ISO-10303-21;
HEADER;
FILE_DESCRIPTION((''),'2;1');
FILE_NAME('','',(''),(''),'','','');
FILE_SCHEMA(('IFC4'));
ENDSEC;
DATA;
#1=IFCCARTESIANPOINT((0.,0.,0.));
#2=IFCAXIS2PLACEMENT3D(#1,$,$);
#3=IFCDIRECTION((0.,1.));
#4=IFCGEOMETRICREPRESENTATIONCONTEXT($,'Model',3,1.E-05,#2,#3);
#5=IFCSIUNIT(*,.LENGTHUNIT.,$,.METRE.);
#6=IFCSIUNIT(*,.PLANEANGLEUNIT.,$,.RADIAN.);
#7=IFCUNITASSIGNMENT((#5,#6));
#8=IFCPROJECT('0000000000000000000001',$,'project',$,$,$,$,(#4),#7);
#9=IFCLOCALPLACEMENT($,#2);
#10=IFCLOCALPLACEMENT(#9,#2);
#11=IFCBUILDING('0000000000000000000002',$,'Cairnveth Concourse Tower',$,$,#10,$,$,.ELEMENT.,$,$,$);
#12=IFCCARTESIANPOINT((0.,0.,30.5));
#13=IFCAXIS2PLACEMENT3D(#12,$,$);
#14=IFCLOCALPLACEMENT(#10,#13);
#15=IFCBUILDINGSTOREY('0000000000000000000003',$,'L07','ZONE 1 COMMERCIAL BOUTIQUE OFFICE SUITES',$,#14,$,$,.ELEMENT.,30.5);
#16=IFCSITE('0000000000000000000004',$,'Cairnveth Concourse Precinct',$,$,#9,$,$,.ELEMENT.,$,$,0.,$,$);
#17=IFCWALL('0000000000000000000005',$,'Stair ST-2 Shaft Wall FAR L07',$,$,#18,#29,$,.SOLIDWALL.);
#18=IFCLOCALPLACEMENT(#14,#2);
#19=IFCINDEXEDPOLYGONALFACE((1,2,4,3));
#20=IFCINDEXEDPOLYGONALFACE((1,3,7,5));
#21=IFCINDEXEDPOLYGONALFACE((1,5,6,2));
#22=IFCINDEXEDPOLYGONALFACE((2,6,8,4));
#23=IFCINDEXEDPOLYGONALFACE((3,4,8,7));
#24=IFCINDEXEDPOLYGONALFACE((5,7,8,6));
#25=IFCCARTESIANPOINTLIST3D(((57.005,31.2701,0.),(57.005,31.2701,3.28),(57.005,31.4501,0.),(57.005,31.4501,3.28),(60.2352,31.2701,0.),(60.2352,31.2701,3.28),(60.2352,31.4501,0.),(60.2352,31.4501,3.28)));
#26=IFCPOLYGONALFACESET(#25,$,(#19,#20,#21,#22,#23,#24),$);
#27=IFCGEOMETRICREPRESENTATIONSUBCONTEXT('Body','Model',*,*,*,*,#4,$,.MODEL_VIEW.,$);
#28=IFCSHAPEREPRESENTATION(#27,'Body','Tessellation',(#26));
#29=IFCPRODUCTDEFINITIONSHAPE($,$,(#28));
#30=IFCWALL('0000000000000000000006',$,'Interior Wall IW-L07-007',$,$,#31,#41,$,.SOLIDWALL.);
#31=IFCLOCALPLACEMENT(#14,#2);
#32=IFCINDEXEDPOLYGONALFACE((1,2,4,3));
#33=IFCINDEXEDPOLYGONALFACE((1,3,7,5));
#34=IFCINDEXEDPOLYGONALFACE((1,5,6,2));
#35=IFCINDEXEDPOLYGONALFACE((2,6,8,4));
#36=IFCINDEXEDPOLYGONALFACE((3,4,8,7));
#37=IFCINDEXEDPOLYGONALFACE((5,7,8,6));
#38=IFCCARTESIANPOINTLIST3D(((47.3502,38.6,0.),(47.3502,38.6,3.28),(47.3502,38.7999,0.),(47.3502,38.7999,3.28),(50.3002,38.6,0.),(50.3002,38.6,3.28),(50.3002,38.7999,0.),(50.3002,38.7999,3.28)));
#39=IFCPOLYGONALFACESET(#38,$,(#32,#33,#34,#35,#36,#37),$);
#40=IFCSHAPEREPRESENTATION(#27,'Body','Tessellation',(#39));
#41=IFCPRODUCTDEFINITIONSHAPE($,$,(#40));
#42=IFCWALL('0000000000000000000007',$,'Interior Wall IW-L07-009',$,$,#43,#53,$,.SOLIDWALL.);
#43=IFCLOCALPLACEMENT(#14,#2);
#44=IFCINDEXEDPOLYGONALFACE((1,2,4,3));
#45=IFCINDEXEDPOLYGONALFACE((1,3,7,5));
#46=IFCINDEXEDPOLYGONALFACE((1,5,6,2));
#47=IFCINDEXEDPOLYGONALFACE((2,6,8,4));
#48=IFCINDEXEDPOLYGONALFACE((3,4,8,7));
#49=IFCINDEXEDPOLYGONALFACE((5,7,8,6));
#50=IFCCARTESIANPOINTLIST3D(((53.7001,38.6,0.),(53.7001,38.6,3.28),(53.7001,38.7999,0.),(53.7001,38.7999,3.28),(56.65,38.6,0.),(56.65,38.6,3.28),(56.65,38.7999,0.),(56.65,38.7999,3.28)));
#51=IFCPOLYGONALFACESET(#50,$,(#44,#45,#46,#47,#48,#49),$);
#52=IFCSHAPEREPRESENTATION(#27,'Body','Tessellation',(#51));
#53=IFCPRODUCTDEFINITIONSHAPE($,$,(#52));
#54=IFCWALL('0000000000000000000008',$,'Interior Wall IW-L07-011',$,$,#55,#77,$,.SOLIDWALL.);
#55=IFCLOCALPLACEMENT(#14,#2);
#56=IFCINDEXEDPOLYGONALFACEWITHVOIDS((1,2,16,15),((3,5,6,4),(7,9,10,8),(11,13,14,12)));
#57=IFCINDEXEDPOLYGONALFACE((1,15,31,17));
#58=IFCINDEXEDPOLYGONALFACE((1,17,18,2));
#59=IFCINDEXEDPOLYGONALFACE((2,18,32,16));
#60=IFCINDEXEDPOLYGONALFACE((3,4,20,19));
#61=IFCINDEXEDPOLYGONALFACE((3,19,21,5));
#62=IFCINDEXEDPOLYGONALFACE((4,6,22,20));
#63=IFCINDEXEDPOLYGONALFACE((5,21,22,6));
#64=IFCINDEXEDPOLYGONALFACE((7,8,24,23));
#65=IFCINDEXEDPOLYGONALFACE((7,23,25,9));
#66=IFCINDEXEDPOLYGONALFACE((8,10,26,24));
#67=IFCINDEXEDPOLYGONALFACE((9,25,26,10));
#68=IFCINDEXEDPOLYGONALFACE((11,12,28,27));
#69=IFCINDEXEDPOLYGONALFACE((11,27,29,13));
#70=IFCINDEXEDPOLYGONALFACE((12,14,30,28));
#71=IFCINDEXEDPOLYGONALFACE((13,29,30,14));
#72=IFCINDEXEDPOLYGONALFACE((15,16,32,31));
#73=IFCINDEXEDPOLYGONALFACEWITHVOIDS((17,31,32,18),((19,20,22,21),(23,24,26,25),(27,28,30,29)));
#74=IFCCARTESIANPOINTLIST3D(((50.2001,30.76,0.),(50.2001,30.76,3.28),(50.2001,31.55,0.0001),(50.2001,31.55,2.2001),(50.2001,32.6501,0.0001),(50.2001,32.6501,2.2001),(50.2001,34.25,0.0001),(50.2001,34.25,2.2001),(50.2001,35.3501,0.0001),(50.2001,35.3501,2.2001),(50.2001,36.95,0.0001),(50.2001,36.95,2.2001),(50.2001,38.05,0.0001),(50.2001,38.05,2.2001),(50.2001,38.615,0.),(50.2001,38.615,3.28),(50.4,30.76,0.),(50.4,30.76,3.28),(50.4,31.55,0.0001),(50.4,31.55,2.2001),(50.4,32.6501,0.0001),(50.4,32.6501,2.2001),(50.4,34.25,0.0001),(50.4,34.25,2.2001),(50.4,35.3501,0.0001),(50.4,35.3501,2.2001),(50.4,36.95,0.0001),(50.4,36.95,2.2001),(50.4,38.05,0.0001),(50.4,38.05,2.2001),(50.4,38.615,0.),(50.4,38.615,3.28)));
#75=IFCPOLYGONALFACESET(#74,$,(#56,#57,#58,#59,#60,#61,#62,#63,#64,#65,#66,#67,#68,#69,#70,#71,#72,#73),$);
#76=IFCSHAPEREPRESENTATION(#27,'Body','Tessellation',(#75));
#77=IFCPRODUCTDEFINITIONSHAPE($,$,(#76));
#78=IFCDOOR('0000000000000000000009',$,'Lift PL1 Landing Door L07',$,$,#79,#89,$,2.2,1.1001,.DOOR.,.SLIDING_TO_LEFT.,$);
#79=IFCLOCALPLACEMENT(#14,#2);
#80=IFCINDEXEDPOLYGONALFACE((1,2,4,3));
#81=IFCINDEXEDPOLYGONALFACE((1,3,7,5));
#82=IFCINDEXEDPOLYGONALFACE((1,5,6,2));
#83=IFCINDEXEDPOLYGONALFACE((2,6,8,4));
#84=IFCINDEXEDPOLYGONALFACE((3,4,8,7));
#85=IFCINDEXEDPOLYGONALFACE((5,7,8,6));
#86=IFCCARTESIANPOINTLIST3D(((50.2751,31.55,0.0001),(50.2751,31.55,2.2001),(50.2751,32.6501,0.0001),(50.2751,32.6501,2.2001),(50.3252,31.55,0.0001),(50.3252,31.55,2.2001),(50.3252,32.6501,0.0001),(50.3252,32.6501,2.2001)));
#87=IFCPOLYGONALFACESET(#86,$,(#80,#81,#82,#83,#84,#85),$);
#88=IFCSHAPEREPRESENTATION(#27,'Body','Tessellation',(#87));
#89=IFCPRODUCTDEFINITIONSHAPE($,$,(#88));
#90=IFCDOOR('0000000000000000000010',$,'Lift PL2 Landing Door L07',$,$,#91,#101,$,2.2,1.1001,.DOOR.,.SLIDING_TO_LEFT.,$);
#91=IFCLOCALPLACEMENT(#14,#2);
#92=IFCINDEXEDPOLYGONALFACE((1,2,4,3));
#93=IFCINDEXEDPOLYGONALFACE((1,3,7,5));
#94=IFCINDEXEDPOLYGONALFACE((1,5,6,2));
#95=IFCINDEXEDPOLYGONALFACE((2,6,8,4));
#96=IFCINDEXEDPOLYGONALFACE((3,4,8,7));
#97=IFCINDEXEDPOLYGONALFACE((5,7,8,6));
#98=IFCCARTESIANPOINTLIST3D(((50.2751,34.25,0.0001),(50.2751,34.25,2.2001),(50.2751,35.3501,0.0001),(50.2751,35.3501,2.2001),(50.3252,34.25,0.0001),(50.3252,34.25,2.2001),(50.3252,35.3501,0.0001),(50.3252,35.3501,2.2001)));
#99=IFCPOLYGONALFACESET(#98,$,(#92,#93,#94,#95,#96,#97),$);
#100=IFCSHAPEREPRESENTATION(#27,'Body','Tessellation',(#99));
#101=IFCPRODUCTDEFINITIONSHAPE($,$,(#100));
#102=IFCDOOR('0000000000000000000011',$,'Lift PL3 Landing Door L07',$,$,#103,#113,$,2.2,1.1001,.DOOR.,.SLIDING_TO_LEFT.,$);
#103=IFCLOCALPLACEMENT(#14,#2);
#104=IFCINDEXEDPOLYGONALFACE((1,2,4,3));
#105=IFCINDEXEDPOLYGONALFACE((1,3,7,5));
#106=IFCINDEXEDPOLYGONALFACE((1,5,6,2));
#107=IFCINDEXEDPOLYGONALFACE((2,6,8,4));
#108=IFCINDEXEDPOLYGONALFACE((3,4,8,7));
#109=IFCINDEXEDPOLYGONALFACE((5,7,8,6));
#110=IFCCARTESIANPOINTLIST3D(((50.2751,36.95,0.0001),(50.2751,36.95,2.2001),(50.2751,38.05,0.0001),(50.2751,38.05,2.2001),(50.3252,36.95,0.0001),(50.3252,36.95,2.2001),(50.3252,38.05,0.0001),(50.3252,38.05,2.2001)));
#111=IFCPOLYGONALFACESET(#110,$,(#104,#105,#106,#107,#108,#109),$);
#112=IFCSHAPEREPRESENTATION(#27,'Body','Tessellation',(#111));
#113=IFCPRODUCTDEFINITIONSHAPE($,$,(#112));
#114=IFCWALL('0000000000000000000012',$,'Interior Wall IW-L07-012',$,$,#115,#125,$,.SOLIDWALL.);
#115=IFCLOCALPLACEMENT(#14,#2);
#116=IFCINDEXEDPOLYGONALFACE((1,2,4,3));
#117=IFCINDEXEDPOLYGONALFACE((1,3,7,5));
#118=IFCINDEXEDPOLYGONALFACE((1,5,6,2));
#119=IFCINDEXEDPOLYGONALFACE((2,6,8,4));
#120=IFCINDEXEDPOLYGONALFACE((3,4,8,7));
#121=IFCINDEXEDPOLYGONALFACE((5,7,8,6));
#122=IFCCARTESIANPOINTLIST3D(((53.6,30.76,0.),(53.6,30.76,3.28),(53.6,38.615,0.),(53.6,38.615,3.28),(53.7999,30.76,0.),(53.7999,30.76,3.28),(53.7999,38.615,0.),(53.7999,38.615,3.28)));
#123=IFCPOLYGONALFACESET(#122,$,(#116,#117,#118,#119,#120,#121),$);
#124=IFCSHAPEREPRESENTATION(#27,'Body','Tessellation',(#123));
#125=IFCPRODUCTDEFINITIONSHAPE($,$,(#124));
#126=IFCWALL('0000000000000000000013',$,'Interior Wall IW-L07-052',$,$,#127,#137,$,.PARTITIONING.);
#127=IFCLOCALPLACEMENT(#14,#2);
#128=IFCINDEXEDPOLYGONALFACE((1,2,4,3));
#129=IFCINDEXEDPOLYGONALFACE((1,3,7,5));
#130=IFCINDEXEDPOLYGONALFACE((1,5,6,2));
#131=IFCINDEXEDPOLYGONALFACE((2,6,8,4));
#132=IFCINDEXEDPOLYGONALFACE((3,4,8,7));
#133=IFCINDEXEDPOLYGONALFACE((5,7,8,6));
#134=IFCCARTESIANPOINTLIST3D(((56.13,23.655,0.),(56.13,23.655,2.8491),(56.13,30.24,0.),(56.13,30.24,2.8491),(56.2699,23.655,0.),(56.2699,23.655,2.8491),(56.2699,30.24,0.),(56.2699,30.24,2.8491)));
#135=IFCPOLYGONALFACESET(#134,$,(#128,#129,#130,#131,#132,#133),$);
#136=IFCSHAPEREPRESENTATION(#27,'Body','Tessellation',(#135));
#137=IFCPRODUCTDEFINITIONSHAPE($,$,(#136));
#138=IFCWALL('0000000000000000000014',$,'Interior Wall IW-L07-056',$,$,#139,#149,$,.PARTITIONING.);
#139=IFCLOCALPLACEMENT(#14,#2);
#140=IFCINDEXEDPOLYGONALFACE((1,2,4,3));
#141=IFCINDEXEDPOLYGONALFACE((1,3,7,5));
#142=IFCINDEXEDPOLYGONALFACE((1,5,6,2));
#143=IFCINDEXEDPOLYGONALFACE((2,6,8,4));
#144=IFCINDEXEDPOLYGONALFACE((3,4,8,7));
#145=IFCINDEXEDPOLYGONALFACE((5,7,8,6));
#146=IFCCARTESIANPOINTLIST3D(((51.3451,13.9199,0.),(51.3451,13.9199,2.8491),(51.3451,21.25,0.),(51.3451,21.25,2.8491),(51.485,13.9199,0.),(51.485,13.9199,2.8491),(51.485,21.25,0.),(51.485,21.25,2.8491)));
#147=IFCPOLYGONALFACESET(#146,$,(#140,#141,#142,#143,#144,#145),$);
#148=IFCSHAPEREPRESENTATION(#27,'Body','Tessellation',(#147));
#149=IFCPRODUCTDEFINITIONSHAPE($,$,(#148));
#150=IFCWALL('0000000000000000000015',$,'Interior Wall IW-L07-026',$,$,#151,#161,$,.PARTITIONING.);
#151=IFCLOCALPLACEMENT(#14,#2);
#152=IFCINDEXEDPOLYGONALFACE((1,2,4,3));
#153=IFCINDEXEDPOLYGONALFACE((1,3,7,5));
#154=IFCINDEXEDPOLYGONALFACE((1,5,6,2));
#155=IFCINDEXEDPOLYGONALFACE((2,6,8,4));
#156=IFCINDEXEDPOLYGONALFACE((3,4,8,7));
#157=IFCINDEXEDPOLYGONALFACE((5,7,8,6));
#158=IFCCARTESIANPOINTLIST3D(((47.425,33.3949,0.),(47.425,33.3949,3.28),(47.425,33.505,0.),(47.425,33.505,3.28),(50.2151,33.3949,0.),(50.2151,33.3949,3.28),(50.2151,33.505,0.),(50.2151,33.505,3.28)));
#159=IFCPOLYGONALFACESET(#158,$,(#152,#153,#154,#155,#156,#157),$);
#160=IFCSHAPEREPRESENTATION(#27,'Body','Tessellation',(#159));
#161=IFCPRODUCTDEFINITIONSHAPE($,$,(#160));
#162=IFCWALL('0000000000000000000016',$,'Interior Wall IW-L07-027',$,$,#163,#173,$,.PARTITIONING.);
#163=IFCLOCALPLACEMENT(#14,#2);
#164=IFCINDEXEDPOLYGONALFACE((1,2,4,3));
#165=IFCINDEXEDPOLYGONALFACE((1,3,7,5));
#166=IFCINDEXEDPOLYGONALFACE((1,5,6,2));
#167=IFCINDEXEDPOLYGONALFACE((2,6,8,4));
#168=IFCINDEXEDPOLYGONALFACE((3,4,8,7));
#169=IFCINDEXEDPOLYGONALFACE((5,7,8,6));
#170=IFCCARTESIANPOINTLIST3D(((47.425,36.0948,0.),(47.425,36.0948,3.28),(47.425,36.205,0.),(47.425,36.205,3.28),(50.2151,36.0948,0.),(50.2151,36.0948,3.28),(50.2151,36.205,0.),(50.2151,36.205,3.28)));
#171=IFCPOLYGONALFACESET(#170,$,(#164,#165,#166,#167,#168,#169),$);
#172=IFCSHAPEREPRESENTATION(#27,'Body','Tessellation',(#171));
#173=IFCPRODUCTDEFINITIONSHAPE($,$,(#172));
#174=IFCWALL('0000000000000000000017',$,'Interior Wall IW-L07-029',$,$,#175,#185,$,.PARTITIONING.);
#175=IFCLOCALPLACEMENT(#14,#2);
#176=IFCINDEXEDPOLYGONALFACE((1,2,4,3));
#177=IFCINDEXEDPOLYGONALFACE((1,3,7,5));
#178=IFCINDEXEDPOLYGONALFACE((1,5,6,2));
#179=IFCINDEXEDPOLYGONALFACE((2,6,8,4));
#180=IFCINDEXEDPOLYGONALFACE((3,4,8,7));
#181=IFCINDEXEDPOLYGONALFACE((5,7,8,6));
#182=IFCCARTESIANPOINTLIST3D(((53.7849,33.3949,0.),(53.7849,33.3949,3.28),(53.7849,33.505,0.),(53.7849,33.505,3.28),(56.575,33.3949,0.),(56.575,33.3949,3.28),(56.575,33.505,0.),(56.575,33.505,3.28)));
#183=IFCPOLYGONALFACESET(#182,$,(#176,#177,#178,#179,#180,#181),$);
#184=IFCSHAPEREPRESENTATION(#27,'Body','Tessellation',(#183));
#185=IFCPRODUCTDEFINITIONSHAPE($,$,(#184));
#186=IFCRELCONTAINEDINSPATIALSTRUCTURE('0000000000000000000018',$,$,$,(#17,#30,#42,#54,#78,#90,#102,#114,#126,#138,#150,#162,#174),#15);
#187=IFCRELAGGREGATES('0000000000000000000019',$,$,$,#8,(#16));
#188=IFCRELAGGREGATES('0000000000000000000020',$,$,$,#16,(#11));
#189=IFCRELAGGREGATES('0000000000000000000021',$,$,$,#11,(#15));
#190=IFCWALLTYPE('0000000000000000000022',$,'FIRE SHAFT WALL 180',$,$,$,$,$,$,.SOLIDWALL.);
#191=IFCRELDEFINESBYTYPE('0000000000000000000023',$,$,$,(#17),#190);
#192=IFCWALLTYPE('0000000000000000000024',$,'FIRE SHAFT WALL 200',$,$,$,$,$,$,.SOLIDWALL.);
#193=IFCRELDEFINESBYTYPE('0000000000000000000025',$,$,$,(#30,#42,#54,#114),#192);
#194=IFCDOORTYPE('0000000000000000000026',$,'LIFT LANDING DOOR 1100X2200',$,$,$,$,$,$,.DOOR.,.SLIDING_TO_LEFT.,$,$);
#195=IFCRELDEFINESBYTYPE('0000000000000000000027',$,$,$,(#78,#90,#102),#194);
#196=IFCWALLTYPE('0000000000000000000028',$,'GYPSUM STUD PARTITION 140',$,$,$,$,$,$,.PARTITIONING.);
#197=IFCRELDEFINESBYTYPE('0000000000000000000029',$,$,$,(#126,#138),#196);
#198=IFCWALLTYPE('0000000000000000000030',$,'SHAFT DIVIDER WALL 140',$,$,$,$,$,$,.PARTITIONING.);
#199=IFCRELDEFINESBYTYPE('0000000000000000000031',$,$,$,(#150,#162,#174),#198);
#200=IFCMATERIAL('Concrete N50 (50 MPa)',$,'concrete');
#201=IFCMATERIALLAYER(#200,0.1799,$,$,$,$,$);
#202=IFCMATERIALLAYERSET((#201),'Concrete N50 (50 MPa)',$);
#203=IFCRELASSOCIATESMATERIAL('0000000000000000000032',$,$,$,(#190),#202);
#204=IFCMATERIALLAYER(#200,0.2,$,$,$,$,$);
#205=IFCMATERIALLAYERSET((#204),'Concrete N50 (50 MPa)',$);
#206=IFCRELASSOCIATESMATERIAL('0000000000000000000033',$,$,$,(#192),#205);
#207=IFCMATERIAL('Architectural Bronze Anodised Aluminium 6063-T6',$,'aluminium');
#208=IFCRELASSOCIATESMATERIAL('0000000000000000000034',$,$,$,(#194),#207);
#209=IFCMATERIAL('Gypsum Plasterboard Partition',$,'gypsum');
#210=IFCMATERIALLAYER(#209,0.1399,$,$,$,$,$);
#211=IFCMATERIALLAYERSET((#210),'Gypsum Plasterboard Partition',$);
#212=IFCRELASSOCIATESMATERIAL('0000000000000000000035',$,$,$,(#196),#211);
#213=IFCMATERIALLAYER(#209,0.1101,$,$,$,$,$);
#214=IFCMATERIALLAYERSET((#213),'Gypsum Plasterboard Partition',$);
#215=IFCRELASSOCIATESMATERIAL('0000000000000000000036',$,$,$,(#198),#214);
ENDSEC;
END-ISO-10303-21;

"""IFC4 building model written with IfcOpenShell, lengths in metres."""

from ifc_helpers import new_model, si_unit, direction, frame, frame_2d, origin, place, context, subcontext, project, spatial, rectangle, extrude, material, layer, layer_set, type_object, element, fill, save


model = new_model("IFC4")

# Units and contexts
model_context = context("Model", 3, precision=1e-05, world=origin(), true_north=direction((0.0, 1.0)))
body_context = subcontext(model_context, "Body", "Model", "MODEL_VIEW")
ifc_project = project(units=[si_unit("LENGTHUNIT", "METRE"), si_unit("PLANEANGLEUNIT", "RADIAN")], contexts=[model_context])

# Site, building, storey
site_placement = place(None, origin())
site = spatial("IfcSite", under=ifc_project, at=site_placement, Name="Cairnveth Concourse Precinct", CompositionType="ELEMENT", RefElevation=0.0)
building_placement = place(site_placement, origin())
building = spatial("IfcBuilding", under=site, at=building_placement, Name="Cairnveth Concourse Tower", CompositionType="ELEMENT")
storey_placement = place(building_placement, frame((0.0, 0.0, 30.5)))
storey = spatial("IfcBuildingStorey", under=building, at=storey_placement, Name="L07", Description="ZONE 1 COMMERCIAL BOUTIQUE OFFICE SUITES", CompositionType="ELEMENT", Elevation=30.5)

# Shared definitions
ifc_material_1 = material(Name="Concrete N50 (50 MPa)", Category="concrete")
ifc_layer_1 = layer(ifc_material_1, 0.1799)
ifc_layer_set_1 = layer_set([ifc_layer_1], Name="Concrete N50 (50 MPa)")
wall_type_1 = type_object("IfcWallType", Name="FIRE SHAFT WALL 180", PredefinedType="SOLIDWALL", material=ifc_layer_set_1)

# Walls
wall_1_placement = place(storey_placement, frame((57.0049, 31.3601, 0.0), z_axis=(0.0, 0.0, 1.0), x_axis=(1.0, 0.0, 0.0)))
element("IfcWall", 1, at=wall_1_placement, inside=storey, type_object=wall_type_1, Name="Stair ST-2 Shaft Wall FAR L07", PredefinedType="SOLIDWALL", context=body_context, shape_type="SweptSolid", body=[
    extrude(rectangle(XDim=3.2302, YDim=0.1799, at=frame_2d((1.6152, 0.0))), origin(), (0.0, 0.0, 1.0), 3.28),
])
ifc_layer_2 = layer(ifc_material_1, 0.2)
ifc_layer_set_2 = layer_set([ifc_layer_2], Name="Concrete N50 (50 MPa)")
wall_type_2 = type_object("IfcWallType", Name="FIRE SHAFT WALL 200", PredefinedType="SOLIDWALL", material=ifc_layer_set_2)
for number, where, z_axis, x_axis, name in (
    (2, (47.3501, 38.7, 0.0), (0.0, 0.0, 1.0), (1.0, 0.0, 0.0), "Interior Wall IW-L07-007"),
    (3, (53.7, 38.7, 0.0), (0.0, 0.0, 1.0), (1.0, 0.0, 0.0), "Interior Wall IW-L07-009"),
):
    element("IfcWall", number, at=place(storey_placement, frame(where, z_axis=z_axis, x_axis=x_axis)), inside=storey, type_object=wall_type_2, Name=name, PredefinedType="SOLIDWALL", context=body_context, shape_type="SweptSolid", body=[
        extrude(rectangle(XDim=2.95, YDim=0.2, at=frame_2d((1.4751, 0.0))), origin(), (0.0, 0.0, 1.0), 3.28),
    ])

# Wall, openings, doors
wall_2_placement = place(storey_placement, frame((50.3, 30.76, 0.0), z_axis=(0.0, 0.0, 1.0), x_axis=(0.0, 1.0, 0.0)))
wall_2 = element("IfcWall", 4, at=wall_2_placement, inside=storey, type_object=wall_type_2, Name="Interior Wall IW-L07-011", PredefinedType="SOLIDWALL", context=body_context, shape_type="SweptSolid", body=[
    extrude(rectangle(XDim=7.855, YDim=0.2, at=frame_2d((3.9275, 0.0))), origin(), (0.0, 0.0, 1.0), 3.28),
])
opening_1_placement = place(wall_2_placement, frame((0.79, 0.0, 0.0)))
opening_1 = element("IfcOpeningElement", 5, at=opening_1_placement, cuts=wall_2, PredefinedType="OPENING", context=body_context, shape_type="SweptSolid", body=[
    extrude(rectangle(XDim=1.1001, YDim=2.2, at=frame_2d((0.55, 1.1001))), frame((0.0, 0.1099, 0.0), z_axis=(0.0, -1.0, 0.0), x_axis=(1.0, 0.0, 0.0)), (0.0, 0.0, 1.0), 0.22),
])
opening_2_placement = place(wall_2_placement, frame((3.49, 0.0, 0.0)))
opening_2 = element("IfcOpeningElement", 6, at=opening_2_placement, cuts=wall_2, PredefinedType="OPENING", context=body_context, shape_type="SweptSolid", body=[
    extrude(rectangle(XDim=1.1001, YDim=2.2, at=frame_2d((0.55, 1.1001))), frame((0.0, 0.1099, 0.0), z_axis=(0.0, -1.0, 0.0), x_axis=(1.0, 0.0, 0.0)), (0.0, 0.0, 1.0), 0.22),
])
opening_3_placement = place(wall_2_placement, frame((6.1899, 0.0, 0.0)))
opening_3 = element("IfcOpeningElement", 7, at=opening_3_placement, cuts=wall_2, PredefinedType="OPENING", context=body_context, shape_type="SweptSolid", body=[
    extrude(rectangle(XDim=1.1001, YDim=2.2, at=frame_2d((0.55, 1.1001))), frame((0.0, 0.1099, 0.0), z_axis=(0.0, -1.0, 0.0), x_axis=(1.0, 0.0, 0.0)), (0.0, 0.0, 1.0), 0.22),
])
ifc_material_2 = material(Name="Architectural Bronze Anodised Aluminium 6063-T6", Category="aluminium")
door_type_1 = type_object("IfcDoorType", Name="LIFT LANDING DOOR 1100X2200", OperationType="SLIDING_TO_LEFT", PredefinedType="DOOR", material=ifc_material_2)
door_1_placement = place(opening_1_placement, origin())
door_1 = element("IfcDoor", 8, at=door_1_placement, inside=storey, type_object=door_type_1, Name="Lift PL1 Landing Door L07", OperationType="SLIDING_TO_LEFT", OverallHeight=2.2, OverallWidth=1.1001, PredefinedType="DOOR", context=body_context, shape_type="SweptSolid", body=[
    extrude(rectangle(XDim=1.1001, YDim=2.2, at=frame_2d((0.55, 1.1001))), frame((0.0, 0.0249, 0.0), z_axis=(0.0, -1.0, 0.0), x_axis=(1.0, 0.0, 0.0)), (0.0, 0.0, 1.0), 0.05),
])
fill(opening_1, door_1)
door_2_placement = place(opening_2_placement, origin())
door_2 = element("IfcDoor", 9, at=door_2_placement, inside=storey, type_object=door_type_1, Name="Lift PL2 Landing Door L07", OperationType="SLIDING_TO_LEFT", OverallHeight=2.2, OverallWidth=1.1001, PredefinedType="DOOR", context=body_context, shape_type="SweptSolid", body=[
    extrude(rectangle(XDim=1.1001, YDim=2.2, at=frame_2d((0.55, 1.1001))), frame((0.0, 0.0249, 0.0), z_axis=(0.0, -1.0, 0.0), x_axis=(1.0, 0.0, 0.0)), (0.0, 0.0, 1.0), 0.05),
])
fill(opening_2, door_2)
door_3_placement = place(opening_3_placement, origin())
door_3 = element("IfcDoor", 10, at=door_3_placement, inside=storey, type_object=door_type_1, Name="Lift PL3 Landing Door L07", OperationType="SLIDING_TO_LEFT", OverallHeight=2.2, OverallWidth=1.1001, PredefinedType="DOOR", context=body_context, shape_type="SweptSolid", body=[
    extrude(rectangle(XDim=1.1001, YDim=2.2, at=frame_2d((0.55, 1.1001))), frame((0.0, 0.0249, 0.0), z_axis=(0.0, -1.0, 0.0), x_axis=(1.0, 0.0, 0.0)), (0.0, 0.0, 1.0), 0.05),
])
fill(opening_3, door_3)

# Walls
wall_3_placement = place(storey_placement, frame((53.7, 30.76, 0.0), z_axis=(0.0, 0.0, 1.0), x_axis=(0.0, 1.0, 0.0)))
element("IfcWall", 11, at=wall_3_placement, inside=storey, type_object=wall_type_2, Name="Interior Wall IW-L07-012", PredefinedType="SOLIDWALL", context=body_context, shape_type="SweptSolid", body=[
    extrude(rectangle(XDim=7.855, YDim=0.2, at=frame_2d((3.9275, 0.0))), origin(), (0.0, 0.0, 1.0), 3.28),
])
ifc_material_3 = material(Name="Gypsum Plasterboard Partition", Category="gypsum")
ifc_layer_3 = layer(ifc_material_3, 0.1399)
ifc_layer_set_3 = layer_set([ifc_layer_3], Name="Gypsum Plasterboard Partition")
wall_type_3 = type_object("IfcWallType", Name="GYPSUM STUD PARTITION 140", PredefinedType="PARTITIONING", material=ifc_layer_set_3)
wall_4_placement = place(storey_placement, frame((56.2, 23.655, 0.0), z_axis=(0.0, 0.0, 1.0), x_axis=(0.0, 1.0, 0.0)))
element("IfcWall", 12, at=wall_4_placement, inside=storey, type_object=wall_type_3, Name="Interior Wall IW-L07-052", PredefinedType="PARTITIONING", context=body_context, shape_type="SweptSolid", body=[
    extrude(rectangle(XDim=6.585, YDim=0.1399, at=frame_2d((3.2925, 0.0))), origin(), (0.0, 0.0, 1.0), 2.8491),
])
wall_5_placement = place(storey_placement, frame((51.415, 13.9199, 0.0), z_axis=(0.0, 0.0, 1.0), x_axis=(0.0, 1.0, 0.0)))
element("IfcWall", 13, at=wall_5_placement, inside=storey, type_object=wall_type_3, Name="Interior Wall IW-L07-056", PredefinedType="PARTITIONING", context=body_context, shape_type="SweptSolid", body=[
    extrude(rectangle(XDim=7.3301, YDim=0.1399, at=frame_2d((3.665, 0.0))), origin(), (0.0, 0.0, 1.0), 2.8491),
])
ifc_layer_4 = layer(ifc_material_3, 0.1101)
ifc_layer_set_4 = layer_set([ifc_layer_4], Name="Gypsum Plasterboard Partition")
wall_type_4 = type_object("IfcWallType", Name="SHAFT DIVIDER WALL 140", PredefinedType="PARTITIONING", material=ifc_layer_set_4)
for number, where, z_axis, x_axis, name in (
    (14, (47.425, 33.45, 0.0), (0.0, 0.0, 1.0), (1.0, 0.0, 0.0), "Interior Wall IW-L07-026"),
    (15, (47.425, 36.1499, 0.0), (0.0, 0.0, 1.0), (1.0, 0.0, 0.0), "Interior Wall IW-L07-027"),
    (16, (53.7849, 33.45, 0.0), (0.0, 0.0, 1.0), (1.0, 0.0, 0.0), "Interior Wall IW-L07-029"),
):
    element("IfcWall", number, at=place(storey_placement, frame(where, z_axis=z_axis, x_axis=x_axis)), inside=storey, type_object=wall_type_4, Name=name, PredefinedType="PARTITIONING", context=body_context, shape_type="SweptSolid", body=[
        extrude(rectangle(XDim=2.79, YDim=0.1101, at=frame_2d((1.395, 0.0))), origin(), (0.0, 0.0, 1.0), 3.28),
    ])

save(model, "model.ifc")
